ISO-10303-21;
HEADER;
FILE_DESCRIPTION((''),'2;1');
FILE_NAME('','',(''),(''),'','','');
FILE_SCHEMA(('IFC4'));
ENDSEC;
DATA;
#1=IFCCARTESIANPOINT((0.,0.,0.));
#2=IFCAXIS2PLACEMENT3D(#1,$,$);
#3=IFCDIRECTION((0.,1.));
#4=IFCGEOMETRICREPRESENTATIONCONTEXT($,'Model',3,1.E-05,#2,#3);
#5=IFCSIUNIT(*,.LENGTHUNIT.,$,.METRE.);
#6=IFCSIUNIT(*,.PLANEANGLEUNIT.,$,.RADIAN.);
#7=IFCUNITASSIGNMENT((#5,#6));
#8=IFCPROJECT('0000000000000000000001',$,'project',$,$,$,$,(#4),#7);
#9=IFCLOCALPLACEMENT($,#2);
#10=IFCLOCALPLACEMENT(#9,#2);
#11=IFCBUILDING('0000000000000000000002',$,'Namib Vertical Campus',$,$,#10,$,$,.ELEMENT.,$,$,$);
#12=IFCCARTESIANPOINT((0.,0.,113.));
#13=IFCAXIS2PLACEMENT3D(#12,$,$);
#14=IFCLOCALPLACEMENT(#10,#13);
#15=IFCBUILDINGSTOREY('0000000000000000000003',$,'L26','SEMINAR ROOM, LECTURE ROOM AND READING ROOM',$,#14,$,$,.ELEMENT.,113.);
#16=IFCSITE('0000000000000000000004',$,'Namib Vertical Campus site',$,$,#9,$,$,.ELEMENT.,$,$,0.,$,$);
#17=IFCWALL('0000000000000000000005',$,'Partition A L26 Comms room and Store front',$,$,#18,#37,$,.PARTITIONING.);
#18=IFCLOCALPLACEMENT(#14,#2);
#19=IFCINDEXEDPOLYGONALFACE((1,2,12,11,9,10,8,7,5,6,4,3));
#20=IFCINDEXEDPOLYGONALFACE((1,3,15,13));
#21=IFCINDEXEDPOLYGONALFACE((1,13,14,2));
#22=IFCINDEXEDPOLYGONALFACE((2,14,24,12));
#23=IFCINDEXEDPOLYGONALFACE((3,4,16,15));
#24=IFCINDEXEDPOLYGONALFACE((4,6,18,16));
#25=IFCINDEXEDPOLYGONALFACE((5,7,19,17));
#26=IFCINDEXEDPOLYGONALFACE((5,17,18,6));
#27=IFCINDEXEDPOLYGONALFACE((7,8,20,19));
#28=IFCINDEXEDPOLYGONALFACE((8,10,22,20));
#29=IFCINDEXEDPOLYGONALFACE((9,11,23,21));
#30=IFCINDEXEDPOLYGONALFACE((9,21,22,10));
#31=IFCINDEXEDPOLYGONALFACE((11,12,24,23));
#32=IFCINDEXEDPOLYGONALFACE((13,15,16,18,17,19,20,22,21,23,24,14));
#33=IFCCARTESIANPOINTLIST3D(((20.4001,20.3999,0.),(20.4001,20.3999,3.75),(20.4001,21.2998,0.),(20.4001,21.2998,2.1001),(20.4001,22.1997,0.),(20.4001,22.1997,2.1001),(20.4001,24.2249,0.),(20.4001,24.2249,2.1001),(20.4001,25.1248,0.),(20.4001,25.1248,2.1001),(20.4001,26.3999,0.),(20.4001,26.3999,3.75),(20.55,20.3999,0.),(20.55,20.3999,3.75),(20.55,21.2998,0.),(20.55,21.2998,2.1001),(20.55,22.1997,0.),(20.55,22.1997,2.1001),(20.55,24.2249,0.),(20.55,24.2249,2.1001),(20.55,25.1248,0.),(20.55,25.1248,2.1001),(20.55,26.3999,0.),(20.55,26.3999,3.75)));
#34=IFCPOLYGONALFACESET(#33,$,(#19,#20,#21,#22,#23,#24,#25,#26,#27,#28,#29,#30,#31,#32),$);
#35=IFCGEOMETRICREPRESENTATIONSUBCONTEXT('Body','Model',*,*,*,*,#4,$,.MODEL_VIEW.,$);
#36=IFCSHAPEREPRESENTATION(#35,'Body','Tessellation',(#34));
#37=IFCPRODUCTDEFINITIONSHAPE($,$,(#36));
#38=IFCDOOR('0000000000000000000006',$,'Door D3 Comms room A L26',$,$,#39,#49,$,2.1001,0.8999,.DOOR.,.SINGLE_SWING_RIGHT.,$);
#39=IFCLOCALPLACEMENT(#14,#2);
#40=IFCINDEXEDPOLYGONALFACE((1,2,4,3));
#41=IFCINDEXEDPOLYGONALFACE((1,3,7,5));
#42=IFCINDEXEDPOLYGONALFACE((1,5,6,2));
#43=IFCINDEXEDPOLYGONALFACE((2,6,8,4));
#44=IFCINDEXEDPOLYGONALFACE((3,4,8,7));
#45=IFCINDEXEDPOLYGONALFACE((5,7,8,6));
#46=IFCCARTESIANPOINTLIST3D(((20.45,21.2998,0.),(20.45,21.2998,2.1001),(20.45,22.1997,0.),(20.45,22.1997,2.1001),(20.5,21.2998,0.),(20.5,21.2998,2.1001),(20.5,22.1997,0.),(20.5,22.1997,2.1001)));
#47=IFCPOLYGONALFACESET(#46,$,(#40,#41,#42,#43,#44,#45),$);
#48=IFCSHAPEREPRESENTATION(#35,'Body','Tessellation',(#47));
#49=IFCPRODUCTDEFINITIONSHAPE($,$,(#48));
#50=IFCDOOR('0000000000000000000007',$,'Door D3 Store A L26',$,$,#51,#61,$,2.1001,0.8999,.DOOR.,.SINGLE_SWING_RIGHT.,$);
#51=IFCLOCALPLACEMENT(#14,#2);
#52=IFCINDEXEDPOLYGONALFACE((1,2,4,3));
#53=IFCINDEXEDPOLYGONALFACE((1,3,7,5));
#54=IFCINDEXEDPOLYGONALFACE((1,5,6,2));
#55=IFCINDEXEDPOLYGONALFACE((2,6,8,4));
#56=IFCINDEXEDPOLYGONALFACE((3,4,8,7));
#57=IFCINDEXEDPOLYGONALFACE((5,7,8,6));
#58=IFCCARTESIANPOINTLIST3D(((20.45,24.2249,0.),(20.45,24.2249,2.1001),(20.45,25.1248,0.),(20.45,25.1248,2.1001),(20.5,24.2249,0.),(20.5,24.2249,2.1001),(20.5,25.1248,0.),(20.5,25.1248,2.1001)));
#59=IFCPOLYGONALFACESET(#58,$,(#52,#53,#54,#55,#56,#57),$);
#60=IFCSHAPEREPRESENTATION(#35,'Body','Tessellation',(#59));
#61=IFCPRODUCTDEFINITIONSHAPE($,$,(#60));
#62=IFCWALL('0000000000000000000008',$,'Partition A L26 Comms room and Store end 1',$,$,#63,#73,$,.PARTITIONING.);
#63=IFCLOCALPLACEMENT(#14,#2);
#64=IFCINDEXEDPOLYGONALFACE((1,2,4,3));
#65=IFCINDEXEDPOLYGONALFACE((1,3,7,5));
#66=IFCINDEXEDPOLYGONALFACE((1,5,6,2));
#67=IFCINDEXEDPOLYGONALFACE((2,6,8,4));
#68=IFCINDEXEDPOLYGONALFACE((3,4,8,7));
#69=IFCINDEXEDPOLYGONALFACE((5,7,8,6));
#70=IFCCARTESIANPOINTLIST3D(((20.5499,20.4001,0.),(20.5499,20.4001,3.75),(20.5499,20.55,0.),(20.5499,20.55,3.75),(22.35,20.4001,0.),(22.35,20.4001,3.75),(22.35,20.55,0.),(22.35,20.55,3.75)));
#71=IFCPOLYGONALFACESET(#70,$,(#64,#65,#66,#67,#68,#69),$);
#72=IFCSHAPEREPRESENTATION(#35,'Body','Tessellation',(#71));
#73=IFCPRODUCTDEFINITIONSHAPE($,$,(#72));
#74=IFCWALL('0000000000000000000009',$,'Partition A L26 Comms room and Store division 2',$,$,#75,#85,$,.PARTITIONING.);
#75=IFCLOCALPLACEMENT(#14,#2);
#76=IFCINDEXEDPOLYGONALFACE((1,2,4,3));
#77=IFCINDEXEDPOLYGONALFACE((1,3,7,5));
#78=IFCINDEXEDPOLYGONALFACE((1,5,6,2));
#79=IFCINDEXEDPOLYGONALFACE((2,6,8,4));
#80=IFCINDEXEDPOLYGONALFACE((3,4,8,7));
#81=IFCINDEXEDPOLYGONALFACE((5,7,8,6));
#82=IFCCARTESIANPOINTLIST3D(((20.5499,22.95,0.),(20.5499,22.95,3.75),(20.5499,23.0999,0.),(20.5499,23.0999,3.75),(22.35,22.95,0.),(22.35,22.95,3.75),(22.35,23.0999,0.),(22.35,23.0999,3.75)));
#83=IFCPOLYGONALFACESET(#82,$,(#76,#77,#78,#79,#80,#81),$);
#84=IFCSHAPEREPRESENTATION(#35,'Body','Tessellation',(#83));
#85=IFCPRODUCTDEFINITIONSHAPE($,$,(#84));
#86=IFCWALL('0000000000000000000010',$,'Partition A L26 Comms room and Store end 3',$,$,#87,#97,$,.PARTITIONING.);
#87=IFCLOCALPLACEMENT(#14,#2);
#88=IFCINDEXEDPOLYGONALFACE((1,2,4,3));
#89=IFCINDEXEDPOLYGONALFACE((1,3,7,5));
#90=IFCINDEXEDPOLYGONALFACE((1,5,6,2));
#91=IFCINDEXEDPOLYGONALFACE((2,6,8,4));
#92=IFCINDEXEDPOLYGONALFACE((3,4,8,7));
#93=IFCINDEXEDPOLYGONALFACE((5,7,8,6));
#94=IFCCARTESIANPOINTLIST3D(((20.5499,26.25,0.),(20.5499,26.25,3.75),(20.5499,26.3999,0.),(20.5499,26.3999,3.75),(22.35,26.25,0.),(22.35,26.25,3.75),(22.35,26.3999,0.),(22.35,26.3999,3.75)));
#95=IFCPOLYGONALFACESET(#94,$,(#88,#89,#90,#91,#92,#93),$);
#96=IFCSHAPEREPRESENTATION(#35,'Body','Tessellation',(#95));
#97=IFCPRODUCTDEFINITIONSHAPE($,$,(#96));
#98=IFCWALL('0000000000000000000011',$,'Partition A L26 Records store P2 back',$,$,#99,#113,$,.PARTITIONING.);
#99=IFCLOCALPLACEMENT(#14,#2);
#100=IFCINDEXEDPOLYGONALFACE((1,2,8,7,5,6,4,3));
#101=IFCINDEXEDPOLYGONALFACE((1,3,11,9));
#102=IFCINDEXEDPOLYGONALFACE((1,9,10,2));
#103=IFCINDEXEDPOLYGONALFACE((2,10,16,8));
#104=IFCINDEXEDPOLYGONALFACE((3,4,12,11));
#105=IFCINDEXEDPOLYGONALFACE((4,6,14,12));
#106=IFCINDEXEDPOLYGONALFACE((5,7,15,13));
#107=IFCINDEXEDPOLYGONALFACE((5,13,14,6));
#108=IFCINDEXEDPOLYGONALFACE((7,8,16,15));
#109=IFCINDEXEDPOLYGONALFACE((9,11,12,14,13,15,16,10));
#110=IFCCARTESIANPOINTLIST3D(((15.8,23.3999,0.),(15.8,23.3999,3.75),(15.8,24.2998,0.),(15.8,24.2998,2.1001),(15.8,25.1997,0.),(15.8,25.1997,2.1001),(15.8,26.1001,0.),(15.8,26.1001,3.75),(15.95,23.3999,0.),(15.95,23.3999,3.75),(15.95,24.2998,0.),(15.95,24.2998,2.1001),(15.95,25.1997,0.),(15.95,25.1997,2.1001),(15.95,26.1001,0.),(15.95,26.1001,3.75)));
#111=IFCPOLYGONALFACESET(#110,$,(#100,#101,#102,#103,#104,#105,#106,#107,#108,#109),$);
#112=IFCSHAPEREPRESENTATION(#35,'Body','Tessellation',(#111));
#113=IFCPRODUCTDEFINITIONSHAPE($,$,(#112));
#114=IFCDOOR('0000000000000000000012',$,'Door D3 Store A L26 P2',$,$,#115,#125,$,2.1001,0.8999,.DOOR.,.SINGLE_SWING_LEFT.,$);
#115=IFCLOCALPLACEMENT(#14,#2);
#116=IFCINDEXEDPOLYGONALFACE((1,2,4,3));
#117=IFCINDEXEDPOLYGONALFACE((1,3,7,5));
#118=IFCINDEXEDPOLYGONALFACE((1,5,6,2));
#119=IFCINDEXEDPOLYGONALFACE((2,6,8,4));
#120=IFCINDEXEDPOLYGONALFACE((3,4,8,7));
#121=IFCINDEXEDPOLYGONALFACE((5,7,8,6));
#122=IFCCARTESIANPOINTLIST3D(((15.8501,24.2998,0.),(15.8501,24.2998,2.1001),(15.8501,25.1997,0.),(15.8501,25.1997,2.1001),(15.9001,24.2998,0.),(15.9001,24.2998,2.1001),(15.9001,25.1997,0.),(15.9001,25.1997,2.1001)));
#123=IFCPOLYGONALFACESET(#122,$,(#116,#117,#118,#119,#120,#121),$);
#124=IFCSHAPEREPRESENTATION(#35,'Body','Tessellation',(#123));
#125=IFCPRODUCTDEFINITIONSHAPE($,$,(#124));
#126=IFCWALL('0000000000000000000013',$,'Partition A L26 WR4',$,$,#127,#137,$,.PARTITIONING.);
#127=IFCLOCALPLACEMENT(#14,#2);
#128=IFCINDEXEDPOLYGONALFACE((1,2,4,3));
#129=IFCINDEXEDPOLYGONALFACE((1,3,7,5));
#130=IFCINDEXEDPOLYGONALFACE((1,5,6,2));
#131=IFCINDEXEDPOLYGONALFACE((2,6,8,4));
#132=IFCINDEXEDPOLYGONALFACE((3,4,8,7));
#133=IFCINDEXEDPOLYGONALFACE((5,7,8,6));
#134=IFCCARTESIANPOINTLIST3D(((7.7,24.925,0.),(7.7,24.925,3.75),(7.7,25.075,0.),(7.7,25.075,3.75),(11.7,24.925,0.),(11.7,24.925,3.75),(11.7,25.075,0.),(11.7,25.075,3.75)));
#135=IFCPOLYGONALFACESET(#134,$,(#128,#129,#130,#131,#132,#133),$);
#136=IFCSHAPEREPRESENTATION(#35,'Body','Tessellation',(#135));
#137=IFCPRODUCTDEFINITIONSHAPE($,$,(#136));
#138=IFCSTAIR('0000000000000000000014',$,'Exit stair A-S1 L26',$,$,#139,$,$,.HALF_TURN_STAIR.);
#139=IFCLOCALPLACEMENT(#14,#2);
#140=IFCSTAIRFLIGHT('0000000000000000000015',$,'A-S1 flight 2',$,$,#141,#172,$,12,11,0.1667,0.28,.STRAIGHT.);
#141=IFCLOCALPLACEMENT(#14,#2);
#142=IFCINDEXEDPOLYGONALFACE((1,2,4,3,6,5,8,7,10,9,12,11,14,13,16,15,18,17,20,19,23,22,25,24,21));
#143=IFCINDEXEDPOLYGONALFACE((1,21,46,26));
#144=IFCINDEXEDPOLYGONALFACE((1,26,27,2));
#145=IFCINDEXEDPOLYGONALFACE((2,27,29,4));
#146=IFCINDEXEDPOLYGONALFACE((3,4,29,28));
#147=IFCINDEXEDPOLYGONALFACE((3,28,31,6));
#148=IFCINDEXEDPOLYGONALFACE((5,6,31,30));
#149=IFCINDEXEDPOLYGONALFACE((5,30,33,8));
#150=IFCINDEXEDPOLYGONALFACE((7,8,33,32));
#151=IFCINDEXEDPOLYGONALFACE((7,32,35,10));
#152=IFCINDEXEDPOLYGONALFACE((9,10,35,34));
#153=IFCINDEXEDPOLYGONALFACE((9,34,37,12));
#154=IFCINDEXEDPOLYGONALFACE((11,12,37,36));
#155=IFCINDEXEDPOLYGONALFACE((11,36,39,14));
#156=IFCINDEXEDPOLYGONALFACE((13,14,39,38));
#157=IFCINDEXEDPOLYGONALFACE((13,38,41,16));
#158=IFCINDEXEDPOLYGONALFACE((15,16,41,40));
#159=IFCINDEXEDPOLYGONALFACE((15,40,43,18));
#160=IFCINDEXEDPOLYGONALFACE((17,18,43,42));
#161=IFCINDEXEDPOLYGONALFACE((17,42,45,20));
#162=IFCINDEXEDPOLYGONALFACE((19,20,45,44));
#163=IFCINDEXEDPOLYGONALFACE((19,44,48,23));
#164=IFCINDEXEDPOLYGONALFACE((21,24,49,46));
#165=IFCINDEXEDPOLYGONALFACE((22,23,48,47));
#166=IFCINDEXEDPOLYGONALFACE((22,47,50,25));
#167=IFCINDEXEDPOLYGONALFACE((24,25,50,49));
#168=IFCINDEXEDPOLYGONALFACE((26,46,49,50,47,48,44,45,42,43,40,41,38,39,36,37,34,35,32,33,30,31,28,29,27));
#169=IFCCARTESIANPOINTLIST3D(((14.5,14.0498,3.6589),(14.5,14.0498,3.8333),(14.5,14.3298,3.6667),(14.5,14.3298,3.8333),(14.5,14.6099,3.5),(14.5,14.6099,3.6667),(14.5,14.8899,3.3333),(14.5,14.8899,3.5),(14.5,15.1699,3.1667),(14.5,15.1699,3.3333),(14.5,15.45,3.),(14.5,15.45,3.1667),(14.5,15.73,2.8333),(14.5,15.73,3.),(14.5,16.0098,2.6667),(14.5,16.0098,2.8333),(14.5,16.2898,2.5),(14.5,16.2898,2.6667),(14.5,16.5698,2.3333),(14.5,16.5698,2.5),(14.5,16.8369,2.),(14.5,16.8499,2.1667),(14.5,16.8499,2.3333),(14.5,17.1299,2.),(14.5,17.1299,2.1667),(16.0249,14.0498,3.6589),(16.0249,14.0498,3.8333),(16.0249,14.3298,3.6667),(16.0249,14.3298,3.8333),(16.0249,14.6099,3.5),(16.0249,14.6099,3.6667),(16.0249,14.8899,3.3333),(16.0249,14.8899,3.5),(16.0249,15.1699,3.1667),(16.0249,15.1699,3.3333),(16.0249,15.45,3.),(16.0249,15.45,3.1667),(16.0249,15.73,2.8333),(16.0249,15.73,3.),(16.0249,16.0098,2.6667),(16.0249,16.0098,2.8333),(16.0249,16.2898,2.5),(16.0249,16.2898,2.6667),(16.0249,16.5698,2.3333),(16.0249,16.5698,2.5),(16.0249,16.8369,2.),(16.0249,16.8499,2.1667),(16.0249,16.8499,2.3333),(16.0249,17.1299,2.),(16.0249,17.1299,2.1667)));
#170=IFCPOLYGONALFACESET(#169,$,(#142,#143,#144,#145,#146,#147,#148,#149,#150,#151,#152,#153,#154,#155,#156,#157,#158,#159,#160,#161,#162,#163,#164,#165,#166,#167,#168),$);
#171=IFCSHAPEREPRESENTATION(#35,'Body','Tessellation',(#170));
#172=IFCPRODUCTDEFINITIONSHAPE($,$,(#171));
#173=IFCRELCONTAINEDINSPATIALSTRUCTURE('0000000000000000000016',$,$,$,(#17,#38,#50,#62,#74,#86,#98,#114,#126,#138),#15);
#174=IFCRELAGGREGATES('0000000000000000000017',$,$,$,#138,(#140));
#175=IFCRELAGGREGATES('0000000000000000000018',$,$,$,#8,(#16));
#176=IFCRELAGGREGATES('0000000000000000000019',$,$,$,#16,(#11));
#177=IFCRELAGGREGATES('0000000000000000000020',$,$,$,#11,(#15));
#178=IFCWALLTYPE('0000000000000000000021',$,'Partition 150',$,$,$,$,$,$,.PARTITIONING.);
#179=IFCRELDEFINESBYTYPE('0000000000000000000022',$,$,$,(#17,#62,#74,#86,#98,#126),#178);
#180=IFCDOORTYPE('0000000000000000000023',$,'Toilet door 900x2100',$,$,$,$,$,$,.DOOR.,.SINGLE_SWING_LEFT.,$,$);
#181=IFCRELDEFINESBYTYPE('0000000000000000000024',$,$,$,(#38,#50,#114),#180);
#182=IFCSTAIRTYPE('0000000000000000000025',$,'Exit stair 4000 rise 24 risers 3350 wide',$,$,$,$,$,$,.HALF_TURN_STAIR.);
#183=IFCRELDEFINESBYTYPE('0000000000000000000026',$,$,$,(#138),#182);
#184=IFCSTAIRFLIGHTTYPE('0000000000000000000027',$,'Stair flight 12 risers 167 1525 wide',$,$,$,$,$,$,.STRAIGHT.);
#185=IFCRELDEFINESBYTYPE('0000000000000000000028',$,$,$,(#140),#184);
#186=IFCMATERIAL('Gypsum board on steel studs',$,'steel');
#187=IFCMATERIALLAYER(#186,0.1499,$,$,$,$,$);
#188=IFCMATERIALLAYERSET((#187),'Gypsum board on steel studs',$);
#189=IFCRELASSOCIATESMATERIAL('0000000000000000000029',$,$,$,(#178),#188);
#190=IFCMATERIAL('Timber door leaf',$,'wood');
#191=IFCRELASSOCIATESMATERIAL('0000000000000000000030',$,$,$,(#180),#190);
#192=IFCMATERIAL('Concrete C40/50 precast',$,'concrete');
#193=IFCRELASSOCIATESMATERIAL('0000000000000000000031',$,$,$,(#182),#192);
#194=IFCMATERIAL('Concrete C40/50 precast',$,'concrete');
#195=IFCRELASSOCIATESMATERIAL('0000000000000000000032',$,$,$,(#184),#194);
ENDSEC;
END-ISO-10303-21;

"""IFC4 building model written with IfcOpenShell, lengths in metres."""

from ifc_helpers import new_model, si_unit, direction, frame, frame_2d, origin, place, context, subcontext, project, spatial, polyline, rectangle, outline, extrude, material, layer, layer_set, type_object, element, fill, aggregate, save


model = new_model("IFC4")

# Units and contexts
model_context = context("Model", 3, precision=1e-05, world=origin(), true_north=direction((0.0, 1.0)))
body_context = subcontext(model_context, "Body", "Model", "MODEL_VIEW")
ifc_project = project(units=[si_unit("LENGTHUNIT", "METRE"), si_unit("PLANEANGLEUNIT", "RADIAN")], contexts=[model_context])

# Site, building, storey
site_placement = place(None, origin())
site = spatial("IfcSite", under=ifc_project, at=site_placement, Name="Namib Vertical Campus site", CompositionType="ELEMENT", RefElevation=0.0)
building_placement = place(site_placement, origin())
building = spatial("IfcBuilding", under=site, at=building_placement, Name="Namib Vertical Campus", CompositionType="ELEMENT")
storey_placement = place(building_placement, frame((0.0, 0.0, 113.0)))
storey = spatial("IfcBuildingStorey", under=building, at=storey_placement, Name="L26", Description="SEMINAR ROOM, LECTURE ROOM AND READING ROOM", CompositionType="ELEMENT", Elevation=113.0)

# Wall, openings, doors
ifc_material_1 = material(Name="Gypsum board on steel studs", Category="steel")
ifc_layer_1 = layer(ifc_material_1, 0.1499)
ifc_layer_set_1 = layer_set([ifc_layer_1], Name="Gypsum board on steel studs")
wall_type_1 = type_object("IfcWallType", Name="Partition 150", PredefinedType="PARTITIONING", material=ifc_layer_set_1)
wall_1_placement = place(storey_placement, frame((20.4751, 20.3999, 0.0), z_axis=(0.0, 0.0, 1.0), x_axis=(0.0, 1.0, 0.0)))
wall_1 = element("IfcWall", 1, at=wall_1_placement, inside=storey, type_object=wall_type_1, Name="Partition A L26 Comms room and Store front", PredefinedType="PARTITIONING", context=body_context, shape_type="SweptSolid", body=[
    extrude(rectangle(XDim=6.0, YDim=0.1499, at=frame_2d((3.0, 0.0))), origin(), (0.0, 0.0, 1.0), 3.75),
])
opening_1_placement = place(wall_1_placement, frame((0.8999, 0.0, 0.0)))
opening_1 = element("IfcOpeningElement", 2, at=opening_1_placement, cuts=wall_1, PredefinedType="OPENING", context=body_context, shape_type="SweptSolid", body=[
    extrude(rectangle(XDim=0.8999, YDim=2.1001, at=frame_2d((0.45, 1.05))), frame((0.0, 0.085, 0.0), z_axis=(0.0, -1.0, 0.0), x_axis=(1.0, 0.0, 0.0)), (0.0, 0.0, 1.0), 0.1699),
])
opening_2_placement = place(wall_1_placement, frame((3.825, 0.0, 0.0)))
opening_2 = element("IfcOpeningElement", 3, at=opening_2_placement, cuts=wall_1, PredefinedType="OPENING", context=body_context, shape_type="SweptSolid", body=[
    extrude(rectangle(XDim=0.8999, YDim=2.1001, at=frame_2d((0.45, 1.05))), frame((0.0, 0.085, 0.0), z_axis=(0.0, -1.0, 0.0), x_axis=(1.0, 0.0, 0.0)), (0.0, 0.0, 1.0), 0.1699),
])
ifc_material_2 = material(Name="Timber door leaf", Category="wood")
door_type_1 = type_object("IfcDoorType", Name="Toilet door 900x2100", OperationType="SINGLE_SWING_LEFT", PredefinedType="DOOR", material=ifc_material_2)
door_1_placement = place(opening_1_placement, frame((0.8999, 0.0, 0.0), z_axis=(0.0, 0.0, 1.0), x_axis=(-1.0, 0.0, 0.0)))
door_1 = element("IfcDoor", 4, at=door_1_placement, inside=storey, type_object=door_type_1, Name="Door D3 Comms room A L26", OperationType="SINGLE_SWING_RIGHT", OverallHeight=2.1001, OverallWidth=0.8999, PredefinedType="DOOR", context=body_context, shape_type="SweptSolid", body=[
    extrude(rectangle(XDim=0.8999, YDim=2.1001, at=frame_2d((0.45, 1.05))), frame((0.0, 0.0249, 0.0), z_axis=(0.0, -1.0, 0.0), x_axis=(1.0, 0.0, 0.0)), (0.0, 0.0, 1.0), 0.05),
])
fill(opening_1, door_1)
door_2_placement = place(opening_2_placement, frame((0.8999, 0.0, 0.0), z_axis=(0.0, 0.0, 1.0), x_axis=(-1.0, 0.0, 0.0)))
door_2 = element("IfcDoor", 5, at=door_2_placement, inside=storey, type_object=door_type_1, Name="Door D3 Store A L26", OperationType="SINGLE_SWING_RIGHT", OverallHeight=2.1001, OverallWidth=0.8999, PredefinedType="DOOR", context=body_context, shape_type="SweptSolid", body=[
    extrude(rectangle(XDim=0.8999, YDim=2.1001, at=frame_2d((0.45, 1.05))), frame((0.0, 0.0249, 0.0), z_axis=(0.0, -1.0, 0.0), x_axis=(1.0, 0.0, 0.0)), (0.0, 0.0, 1.0), 0.05),
])
fill(opening_2, door_2)

# Walls
for number, where, z_axis, x_axis, name in (
    (6, (20.55, 20.4751, 0.0), (0.0, 0.0, 1.0), (1.0, 0.0, 0.0), "Partition A L26 Comms room and Store end 1"),
    (7, (20.55, 23.0249, 0.0), (0.0, 0.0, 1.0), (1.0, 0.0, 0.0), "Partition A L26 Comms room and Store division 2"),
    (8, (20.55, 26.325, 0.0), (0.0, 0.0, 1.0), (1.0, 0.0, 0.0), "Partition A L26 Comms room and Store end 3"),
):
    element("IfcWall", number, at=place(storey_placement, frame(where, z_axis=z_axis, x_axis=x_axis)), inside=storey, type_object=wall_type_1, Name=name, PredefinedType="PARTITIONING", context=body_context, shape_type="SweptSolid", body=[
        extrude(rectangle(XDim=1.8, YDim=0.1499, at=frame_2d((0.8999, 0.0))), origin(), (0.0, 0.0, 1.0), 3.75),
    ])

# Wall, opening, door
wall_2_placement = place(storey_placement, frame((15.875, 23.3999, 0.0), z_axis=(0.0, 0.0, 1.0), x_axis=(0.0, 1.0, 0.0)))
wall_2 = element("IfcWall", 9, at=wall_2_placement, inside=storey, type_object=wall_type_1, Name="Partition A L26 Records store P2 back", PredefinedType="PARTITIONING", context=body_context, shape_type="SweptSolid", body=[
    extrude(rectangle(XDim=2.7002, YDim=0.1499, at=frame_2d((1.3501, 0.0))), origin(), (0.0, 0.0, 1.0), 3.75),
])
opening_3_placement = place(wall_2_placement, frame((0.8999, 0.0, 0.0)))
opening_3 = element("IfcOpeningElement", 10, at=opening_3_placement, cuts=wall_2, PredefinedType="OPENING", context=body_context, shape_type="SweptSolid", body=[
    extrude(rectangle(XDim=0.8999, YDim=2.1001, at=frame_2d((0.45, 1.05))), frame((0.0, 0.085, 0.0), z_axis=(0.0, -1.0, 0.0), x_axis=(1.0, 0.0, 0.0)), (0.0, 0.0, 1.0), 0.1699),
])
door_3_placement = place(opening_3_placement, origin())
door_3 = element("IfcDoor", 11, at=door_3_placement, inside=storey, type_object=door_type_1, Name="Door D3 Store A L26 P2", OperationType="SINGLE_SWING_LEFT", OverallHeight=2.1001, OverallWidth=0.8999, PredefinedType="DOOR", context=body_context, shape_type="SweptSolid", body=[
    extrude(rectangle(XDim=0.8999, YDim=2.1001, at=frame_2d((0.45, 1.05))), frame((0.0, 0.0249, 0.0), z_axis=(0.0, -1.0, 0.0), x_axis=(1.0, 0.0, 0.0)), (0.0, 0.0, 1.0), 0.05),
])
fill(opening_3, door_3)

# Wall
wall_3_placement = place(storey_placement, frame((11.7, 25.0, 0.0), z_axis=(0.0, 0.0, 1.0), x_axis=(-1.0, 0.0, 0.0)))
element("IfcWall", 12, at=wall_3_placement, inside=storey, type_object=wall_type_1, Name="Partition A L26 WR4", PredefinedType="PARTITIONING", context=body_context, shape_type="SweptSolid", body=[
    extrude(rectangle(XDim=4.0, YDim=0.1499, at=frame_2d((2.0, 0.0))), origin(), (0.0, 0.0, 1.0), 3.75),
])

# Stair, stair flight
ifc_material_3 = material(Name="Concrete C40/50 precast", Category="concrete")
stair_type = type_object("IfcStairType", Name="Exit stair 4000 rise 24 risers 3350 wide", PredefinedType="HALF_TURN_STAIR", material=ifc_material_3)
stair_placement = place(storey_placement, origin())
stair = element("IfcStair", 13, at=stair_placement, inside=storey, type_object=stair_type, Name="Exit stair A-S1 L26", PredefinedType="HALF_TURN_STAIR")
ifc_material_4 = material(Name="Concrete C40/50 precast", Category="concrete")
stair_flight_type = type_object("IfcStairFlightType", Name="Stair flight 12 risers 167 1525 wide", PredefinedType="STRAIGHT", material=ifc_material_4)
stair_flight_placement = place(storey_placement, frame((15.2625, 17.1299, 2.0), z_axis=(0.0, 0.0, 1.0), x_axis=(0.0, -1.0, 0.0)))
stair_flight = element("IfcStairFlight", 14, at=stair_flight_placement, type_object=stair_flight_type, Name="A-S1 flight 2", NumberOfRisers=12, NumberOfTreads=11, PredefinedType="STRAIGHT", RiserHeight=0.1667, TreadLength=0.28, context=body_context, shape_type="SweptSolid", body=[
    extrude(outline(polyline([(0.0, 0.0), (0.0, 0.1667), (0.28, 0.1667), (0.28, 0.3333), (0.5601, 0.3333), (0.5601, 0.5), (0.8401, 0.5), (0.8401, 0.6667), (1.1201, 0.6667), (1.1201, 0.8333), (1.3999, 0.8333), (1.3999, 1.0), (1.6799, 1.0), (1.6799, 1.1667), (1.96, 1.1667), (1.96, 1.3333), (2.24, 1.3333), (2.24, 1.5), (2.52, 1.5), (2.52, 1.6667), (2.8, 1.6667), (2.8, 1.8333), (3.0801, 1.8333), (3.0801, 2.0), (3.0801, 1.6589), (0.293, 0.0), (0.0, 0.0)])), frame((0.0, 0.7625, 0.0), z_axis=(0.0, -1.0, 0.0), x_axis=(1.0, 0.0, 0.0)), (0.0, 0.0, 1.0), 1.5249),
])
aggregate(stair, [stair_flight])

save(model, "model.ifc")
